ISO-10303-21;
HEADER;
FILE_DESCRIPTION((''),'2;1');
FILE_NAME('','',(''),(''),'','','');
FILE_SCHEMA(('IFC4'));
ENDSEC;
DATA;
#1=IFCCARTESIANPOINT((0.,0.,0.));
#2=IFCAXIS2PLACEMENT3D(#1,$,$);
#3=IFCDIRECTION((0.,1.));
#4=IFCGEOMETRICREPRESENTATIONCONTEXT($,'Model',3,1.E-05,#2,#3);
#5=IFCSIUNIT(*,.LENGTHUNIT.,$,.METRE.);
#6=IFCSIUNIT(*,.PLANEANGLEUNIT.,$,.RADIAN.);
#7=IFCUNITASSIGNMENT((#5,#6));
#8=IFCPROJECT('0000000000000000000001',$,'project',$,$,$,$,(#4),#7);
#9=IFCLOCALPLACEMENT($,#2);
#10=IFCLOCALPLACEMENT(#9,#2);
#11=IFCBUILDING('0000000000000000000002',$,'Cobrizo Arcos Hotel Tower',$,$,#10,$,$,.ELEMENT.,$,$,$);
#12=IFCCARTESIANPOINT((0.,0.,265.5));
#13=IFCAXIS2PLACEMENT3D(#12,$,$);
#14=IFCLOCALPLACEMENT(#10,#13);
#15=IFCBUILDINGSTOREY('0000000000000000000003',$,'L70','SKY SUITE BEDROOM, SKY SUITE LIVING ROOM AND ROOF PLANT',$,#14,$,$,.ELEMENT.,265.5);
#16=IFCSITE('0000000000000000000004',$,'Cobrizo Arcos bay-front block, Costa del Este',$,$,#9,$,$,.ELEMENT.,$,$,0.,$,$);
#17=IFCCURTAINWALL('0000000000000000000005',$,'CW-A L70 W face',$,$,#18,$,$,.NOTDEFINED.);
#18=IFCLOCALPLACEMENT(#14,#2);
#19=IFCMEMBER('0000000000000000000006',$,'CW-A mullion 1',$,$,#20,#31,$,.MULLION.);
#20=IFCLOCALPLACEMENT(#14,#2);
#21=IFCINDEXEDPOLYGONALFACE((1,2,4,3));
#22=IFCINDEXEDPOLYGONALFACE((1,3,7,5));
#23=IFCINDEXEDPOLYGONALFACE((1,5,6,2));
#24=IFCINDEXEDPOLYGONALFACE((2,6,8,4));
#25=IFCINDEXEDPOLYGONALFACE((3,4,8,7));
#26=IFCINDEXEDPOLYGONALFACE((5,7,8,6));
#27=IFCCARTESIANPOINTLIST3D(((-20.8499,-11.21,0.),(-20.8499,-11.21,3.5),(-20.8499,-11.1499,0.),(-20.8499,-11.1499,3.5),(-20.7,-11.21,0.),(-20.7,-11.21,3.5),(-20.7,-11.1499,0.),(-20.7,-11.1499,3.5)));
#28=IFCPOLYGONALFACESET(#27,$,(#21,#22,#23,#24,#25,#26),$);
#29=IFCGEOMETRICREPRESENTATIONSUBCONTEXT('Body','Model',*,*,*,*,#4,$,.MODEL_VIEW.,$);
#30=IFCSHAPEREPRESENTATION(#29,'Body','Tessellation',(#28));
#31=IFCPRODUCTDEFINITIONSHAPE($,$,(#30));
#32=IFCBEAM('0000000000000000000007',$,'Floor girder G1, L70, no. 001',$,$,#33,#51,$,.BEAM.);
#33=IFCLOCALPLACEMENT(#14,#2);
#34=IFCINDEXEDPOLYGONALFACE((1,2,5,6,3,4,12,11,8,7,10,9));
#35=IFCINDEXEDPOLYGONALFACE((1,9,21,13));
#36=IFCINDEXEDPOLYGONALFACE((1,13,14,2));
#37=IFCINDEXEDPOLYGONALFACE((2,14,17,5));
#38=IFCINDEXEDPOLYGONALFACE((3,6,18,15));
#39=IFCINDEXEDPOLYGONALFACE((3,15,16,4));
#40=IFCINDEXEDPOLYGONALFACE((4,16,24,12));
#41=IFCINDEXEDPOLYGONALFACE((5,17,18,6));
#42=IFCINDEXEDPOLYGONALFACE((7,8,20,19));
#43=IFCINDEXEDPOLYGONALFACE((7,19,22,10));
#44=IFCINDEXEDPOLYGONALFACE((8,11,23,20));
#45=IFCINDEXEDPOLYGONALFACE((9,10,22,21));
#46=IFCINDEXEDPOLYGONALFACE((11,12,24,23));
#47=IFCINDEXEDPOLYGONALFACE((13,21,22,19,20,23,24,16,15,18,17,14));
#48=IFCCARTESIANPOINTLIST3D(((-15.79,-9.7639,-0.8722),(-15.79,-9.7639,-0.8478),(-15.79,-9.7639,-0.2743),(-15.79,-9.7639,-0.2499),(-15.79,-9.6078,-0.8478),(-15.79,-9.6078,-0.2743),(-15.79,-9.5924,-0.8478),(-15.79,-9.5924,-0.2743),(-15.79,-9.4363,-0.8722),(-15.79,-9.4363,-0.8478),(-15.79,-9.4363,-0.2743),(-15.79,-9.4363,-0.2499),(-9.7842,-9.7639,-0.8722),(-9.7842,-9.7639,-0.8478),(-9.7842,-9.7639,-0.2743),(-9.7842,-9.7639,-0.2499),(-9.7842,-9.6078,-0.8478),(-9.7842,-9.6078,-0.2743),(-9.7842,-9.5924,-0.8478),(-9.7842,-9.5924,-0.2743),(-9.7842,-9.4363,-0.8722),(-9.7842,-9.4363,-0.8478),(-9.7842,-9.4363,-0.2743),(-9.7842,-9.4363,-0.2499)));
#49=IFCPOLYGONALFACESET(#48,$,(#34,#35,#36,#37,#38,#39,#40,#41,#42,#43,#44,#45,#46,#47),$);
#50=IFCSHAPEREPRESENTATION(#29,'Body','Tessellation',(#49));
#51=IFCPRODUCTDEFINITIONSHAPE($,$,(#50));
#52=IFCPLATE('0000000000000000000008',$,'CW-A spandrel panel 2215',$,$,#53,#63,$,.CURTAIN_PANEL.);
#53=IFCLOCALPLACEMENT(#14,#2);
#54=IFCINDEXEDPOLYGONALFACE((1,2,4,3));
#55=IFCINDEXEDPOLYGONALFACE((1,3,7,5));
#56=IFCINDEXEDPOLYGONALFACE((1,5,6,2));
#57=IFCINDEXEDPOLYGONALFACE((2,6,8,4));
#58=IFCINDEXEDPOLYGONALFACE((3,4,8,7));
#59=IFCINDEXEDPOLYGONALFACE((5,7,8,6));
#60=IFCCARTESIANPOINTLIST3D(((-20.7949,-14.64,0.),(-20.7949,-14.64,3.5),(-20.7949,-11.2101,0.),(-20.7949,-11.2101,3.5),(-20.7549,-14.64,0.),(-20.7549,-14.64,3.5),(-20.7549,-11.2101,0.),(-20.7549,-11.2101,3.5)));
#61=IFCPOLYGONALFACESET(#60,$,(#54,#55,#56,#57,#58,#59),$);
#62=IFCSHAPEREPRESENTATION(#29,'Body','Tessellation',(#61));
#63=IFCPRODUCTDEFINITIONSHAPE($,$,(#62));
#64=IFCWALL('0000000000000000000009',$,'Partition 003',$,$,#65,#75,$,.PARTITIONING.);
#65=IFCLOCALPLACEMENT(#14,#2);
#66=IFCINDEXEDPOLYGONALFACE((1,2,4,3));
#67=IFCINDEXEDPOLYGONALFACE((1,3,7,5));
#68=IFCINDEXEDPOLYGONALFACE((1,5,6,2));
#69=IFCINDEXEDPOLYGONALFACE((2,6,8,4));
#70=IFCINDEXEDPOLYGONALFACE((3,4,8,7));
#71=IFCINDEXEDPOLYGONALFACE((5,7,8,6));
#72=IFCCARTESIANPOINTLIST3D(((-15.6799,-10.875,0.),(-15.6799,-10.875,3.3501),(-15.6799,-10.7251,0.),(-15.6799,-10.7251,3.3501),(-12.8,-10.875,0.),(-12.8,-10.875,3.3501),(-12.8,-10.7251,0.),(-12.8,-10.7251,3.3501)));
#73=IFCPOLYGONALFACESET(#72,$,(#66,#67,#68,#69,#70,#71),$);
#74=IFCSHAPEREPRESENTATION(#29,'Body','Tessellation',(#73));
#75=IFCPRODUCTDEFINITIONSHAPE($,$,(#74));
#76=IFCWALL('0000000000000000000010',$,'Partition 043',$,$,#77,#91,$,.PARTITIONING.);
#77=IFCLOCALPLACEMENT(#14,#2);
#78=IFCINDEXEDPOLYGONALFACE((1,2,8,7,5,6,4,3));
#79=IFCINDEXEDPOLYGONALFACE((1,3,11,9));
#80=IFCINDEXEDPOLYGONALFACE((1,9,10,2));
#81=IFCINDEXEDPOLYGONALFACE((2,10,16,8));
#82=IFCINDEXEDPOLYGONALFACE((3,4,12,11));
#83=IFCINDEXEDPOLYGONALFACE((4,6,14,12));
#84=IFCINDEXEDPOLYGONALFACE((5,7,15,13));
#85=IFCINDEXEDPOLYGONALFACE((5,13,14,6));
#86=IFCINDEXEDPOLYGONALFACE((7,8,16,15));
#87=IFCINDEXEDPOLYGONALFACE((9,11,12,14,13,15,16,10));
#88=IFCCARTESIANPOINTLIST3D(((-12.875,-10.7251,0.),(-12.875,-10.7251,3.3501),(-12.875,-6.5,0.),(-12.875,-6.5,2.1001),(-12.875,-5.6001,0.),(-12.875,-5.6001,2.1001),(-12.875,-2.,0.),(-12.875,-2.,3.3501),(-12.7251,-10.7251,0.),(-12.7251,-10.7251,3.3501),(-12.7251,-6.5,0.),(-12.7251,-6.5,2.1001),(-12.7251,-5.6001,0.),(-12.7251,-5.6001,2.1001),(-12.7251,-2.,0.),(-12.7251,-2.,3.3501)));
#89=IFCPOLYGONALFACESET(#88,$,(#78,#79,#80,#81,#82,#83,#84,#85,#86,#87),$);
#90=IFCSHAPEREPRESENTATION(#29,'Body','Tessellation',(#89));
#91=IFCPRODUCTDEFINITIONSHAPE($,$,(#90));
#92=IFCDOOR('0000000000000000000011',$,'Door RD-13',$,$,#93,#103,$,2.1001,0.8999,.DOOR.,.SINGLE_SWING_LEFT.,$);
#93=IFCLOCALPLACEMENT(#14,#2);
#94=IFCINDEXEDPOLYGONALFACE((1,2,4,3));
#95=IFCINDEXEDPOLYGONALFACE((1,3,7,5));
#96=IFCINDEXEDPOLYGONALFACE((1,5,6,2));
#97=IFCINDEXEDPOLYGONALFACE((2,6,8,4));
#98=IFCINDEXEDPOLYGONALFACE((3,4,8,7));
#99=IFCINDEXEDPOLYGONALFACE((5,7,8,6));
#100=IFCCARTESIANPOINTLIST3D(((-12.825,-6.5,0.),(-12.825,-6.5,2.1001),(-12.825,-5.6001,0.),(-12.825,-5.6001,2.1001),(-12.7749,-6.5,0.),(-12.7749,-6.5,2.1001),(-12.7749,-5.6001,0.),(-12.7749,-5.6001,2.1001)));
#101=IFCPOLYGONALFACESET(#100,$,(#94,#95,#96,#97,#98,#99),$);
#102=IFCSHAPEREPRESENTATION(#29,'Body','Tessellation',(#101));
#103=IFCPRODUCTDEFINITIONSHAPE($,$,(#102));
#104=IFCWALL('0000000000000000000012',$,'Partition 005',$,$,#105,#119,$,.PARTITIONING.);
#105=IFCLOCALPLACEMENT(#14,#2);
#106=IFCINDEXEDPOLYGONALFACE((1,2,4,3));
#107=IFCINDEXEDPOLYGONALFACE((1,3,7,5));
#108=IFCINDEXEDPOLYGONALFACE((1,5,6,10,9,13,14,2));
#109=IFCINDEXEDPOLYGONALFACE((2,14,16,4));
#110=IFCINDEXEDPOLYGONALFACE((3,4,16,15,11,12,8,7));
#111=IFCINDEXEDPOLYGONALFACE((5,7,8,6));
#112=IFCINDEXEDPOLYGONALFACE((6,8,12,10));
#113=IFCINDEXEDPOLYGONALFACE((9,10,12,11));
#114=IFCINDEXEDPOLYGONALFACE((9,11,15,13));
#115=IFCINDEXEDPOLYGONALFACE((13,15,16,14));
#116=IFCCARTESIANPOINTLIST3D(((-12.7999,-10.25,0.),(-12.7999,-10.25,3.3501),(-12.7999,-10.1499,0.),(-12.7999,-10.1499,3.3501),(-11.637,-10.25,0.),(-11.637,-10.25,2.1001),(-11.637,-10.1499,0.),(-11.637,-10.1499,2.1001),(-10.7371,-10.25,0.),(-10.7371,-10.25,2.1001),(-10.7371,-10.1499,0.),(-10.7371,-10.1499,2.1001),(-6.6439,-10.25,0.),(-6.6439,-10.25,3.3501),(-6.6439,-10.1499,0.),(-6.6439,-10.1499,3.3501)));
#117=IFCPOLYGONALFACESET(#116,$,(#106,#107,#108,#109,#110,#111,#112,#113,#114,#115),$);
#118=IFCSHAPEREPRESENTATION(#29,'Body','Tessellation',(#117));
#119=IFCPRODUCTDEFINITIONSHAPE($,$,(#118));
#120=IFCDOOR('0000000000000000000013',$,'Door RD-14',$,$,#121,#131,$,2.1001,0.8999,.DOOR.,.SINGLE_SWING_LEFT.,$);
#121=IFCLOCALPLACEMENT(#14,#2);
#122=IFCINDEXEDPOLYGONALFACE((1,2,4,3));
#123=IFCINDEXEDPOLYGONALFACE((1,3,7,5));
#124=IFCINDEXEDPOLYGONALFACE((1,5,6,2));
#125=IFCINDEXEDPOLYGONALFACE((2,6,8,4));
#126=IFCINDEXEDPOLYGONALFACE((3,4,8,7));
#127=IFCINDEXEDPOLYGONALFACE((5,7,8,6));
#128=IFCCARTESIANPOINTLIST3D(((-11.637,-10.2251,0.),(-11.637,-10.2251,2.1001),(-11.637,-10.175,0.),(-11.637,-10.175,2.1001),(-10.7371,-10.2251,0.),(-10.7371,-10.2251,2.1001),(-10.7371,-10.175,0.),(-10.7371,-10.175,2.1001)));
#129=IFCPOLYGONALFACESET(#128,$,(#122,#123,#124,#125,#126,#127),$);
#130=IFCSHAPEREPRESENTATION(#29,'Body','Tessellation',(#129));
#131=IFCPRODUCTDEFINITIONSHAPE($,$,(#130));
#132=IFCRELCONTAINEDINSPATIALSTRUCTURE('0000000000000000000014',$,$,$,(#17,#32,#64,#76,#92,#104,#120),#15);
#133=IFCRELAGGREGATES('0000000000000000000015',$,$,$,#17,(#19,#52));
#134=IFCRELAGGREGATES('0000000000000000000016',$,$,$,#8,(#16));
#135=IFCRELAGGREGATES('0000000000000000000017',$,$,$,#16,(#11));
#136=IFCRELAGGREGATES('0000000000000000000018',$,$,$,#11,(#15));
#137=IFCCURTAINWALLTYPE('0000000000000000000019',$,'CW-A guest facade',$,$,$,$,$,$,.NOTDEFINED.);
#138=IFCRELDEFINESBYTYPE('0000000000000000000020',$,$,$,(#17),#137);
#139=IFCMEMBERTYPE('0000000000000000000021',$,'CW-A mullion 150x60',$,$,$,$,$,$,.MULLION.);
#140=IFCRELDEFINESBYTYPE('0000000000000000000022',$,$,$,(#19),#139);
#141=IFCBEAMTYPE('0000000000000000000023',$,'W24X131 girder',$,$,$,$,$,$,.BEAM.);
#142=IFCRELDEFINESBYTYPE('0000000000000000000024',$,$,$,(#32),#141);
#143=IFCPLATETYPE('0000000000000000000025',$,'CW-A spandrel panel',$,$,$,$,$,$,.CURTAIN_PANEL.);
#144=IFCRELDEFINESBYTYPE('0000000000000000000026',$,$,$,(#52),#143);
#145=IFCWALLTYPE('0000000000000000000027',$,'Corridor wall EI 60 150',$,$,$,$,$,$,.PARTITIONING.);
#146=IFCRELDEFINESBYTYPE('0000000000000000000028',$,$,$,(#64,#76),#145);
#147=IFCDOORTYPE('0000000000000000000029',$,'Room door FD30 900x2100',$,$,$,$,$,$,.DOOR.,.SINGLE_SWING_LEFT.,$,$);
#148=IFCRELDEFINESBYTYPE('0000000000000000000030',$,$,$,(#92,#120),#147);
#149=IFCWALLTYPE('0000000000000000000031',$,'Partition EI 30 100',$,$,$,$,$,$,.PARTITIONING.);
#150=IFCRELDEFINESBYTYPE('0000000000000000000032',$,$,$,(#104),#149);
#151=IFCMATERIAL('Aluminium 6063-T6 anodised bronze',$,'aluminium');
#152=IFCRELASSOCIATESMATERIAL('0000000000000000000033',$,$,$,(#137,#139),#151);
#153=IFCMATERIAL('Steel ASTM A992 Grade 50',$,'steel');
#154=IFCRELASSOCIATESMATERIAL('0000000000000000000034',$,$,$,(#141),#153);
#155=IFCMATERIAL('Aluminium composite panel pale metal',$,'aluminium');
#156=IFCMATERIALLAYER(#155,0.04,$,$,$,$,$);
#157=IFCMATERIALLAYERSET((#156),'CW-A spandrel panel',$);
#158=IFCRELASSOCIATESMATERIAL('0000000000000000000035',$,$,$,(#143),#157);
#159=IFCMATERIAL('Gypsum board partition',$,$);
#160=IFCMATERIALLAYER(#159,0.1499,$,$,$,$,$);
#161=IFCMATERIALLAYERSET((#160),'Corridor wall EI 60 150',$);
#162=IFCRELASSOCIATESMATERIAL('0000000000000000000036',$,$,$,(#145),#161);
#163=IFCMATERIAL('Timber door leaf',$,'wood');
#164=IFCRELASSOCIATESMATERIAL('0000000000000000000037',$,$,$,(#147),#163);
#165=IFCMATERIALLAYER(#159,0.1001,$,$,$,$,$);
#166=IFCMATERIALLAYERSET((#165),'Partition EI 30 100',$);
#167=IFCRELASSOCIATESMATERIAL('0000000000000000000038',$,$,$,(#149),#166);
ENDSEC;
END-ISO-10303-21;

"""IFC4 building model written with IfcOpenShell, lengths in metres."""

from ifc_helpers import new_model, si_unit, direction, frame, frame_2d, origin, origin_2d, place, context, subcontext, project, spatial, rectangle, i_section, extrude, material, layer, layer_set, material_profile, profile_set, type_object, element, fill, aggregate, save


model = new_model("IFC4")

# Units and contexts
model_context = context("Model", 3, precision=1e-05, world=origin(), true_north=direction((0.0, 1.0)))
body_context = subcontext(model_context, "Body", "Model", "MODEL_VIEW")
ifc_project = project(units=[si_unit("LENGTHUNIT", "METRE"), si_unit("PLANEANGLEUNIT", "RADIAN")], contexts=[model_context])

# Site, building, storey
site_placement = place(None, origin())
site = spatial("IfcSite", under=ifc_project, at=site_placement, Name="Cobrizo Arcos bay-front block, Costa del Este", CompositionType="ELEMENT", RefElevation=0.0)
building_placement = place(site_placement, origin())
building = spatial("IfcBuilding", under=site, at=building_placement, Name="Cobrizo Arcos Hotel Tower", CompositionType="ELEMENT")
storey_placement = place(building_placement, frame((0.0, 0.0, 265.5)))
storey = spatial("IfcBuildingStorey", under=building, at=storey_placement, Name="L70", Description="SKY SUITE BEDROOM, SKY SUITE LIVING ROOM AND ROOF PLANT", CompositionType="ELEMENT", Elevation=265.5)

# Curtain wall, member
ifc_material_1 = material(Name="Aluminium 6063-T6 anodised bronze", Category="aluminium")
curtain_wall_type = type_object("IfcCurtainWallType", Name="CW-A guest facade", PredefinedType="NOTDEFINED", material=ifc_material_1)
curtain_wall_placement = place(storey_placement, origin())
curtain_wall = element("IfcCurtainWall", 1, at=curtain_wall_placement, inside=storey, type_object=curtain_wall_type, Name="CW-A L70 W face", PredefinedType="NOTDEFINED")
ifc_material_profile_1 = material_profile(ifc_material_1, rectangle(XDim=0.1499, YDim=0.0601, at=origin_2d()), Name="CW-A mullion 150x60")
ifc_profile_set_1 = profile_set([ifc_material_profile_1], Name="Aluminium 6063-T6 anodised bronze")
member_type = type_object("IfcMemberType", Name="CW-A mullion 150x60", PredefinedType="MULLION", material=ifc_profile_set_1)
member_placement = place(storey_placement, frame((-20.7749, -11.1799, 0.0), z_axis=(0.0, 0.0, 1.0), x_axis=(-1.0, 0.0, 0.0)))
member = element("IfcMember", 2, at=member_placement, type_object=member_type, Name="CW-A mullion 1", PredefinedType="MULLION", context=body_context, shape_type="SweptSolid", body=[
    extrude(rectangle(XDim=0.1499, YDim=0.0601, at=origin_2d()), origin(), (0.0, 0.0, 1.0), 3.5),
])

# Beam
ifc_material_2 = material(Name="Steel ASTM A992 Grade 50", Category="steel")
ifc_material_profile_2 = material_profile(ifc_material_2, i_section(OverallWidth=0.3276, OverallDepth=0.6223, WebThickness=0.0154, FlangeThickness=0.0244, at=origin_2d()), Name="W24X131")
ifc_profile_set_2 = profile_set([ifc_material_profile_2], Name="Steel ASTM A992 Grade 50")
beam_type = type_object("IfcBeamType", Name="W24X131 girder", PredefinedType="BEAM", material=ifc_profile_set_2)
beam_placement = place(storey_placement, frame((-15.79, -9.6001, -0.561), z_axis=(1.0, 0.0, 0.0), x_axis=(0.0, 1.0, 0.0)))
element("IfcBeam", 3, at=beam_placement, inside=storey, type_object=beam_type, Name="Floor girder G1, L70, no. 001", PredefinedType="BEAM", context=body_context, shape_type="SweptSolid", body=[
    extrude(i_section(OverallWidth=0.3276, OverallDepth=0.6223, WebThickness=0.0154, FlangeThickness=0.0244, at=origin_2d()), origin(), (0.0, 0.0, 1.0), 6.0059),
])

# Plate
ifc_material_3 = material(Name="Aluminium composite panel pale metal", Category="aluminium")
ifc_layer_1 = layer(ifc_material_3, 0.04)
ifc_layer_set_1 = layer_set([ifc_layer_1], Name="CW-A spandrel panel")
plate_type = type_object("IfcPlateType", Name="CW-A spandrel panel", PredefinedType="CURTAIN_PANEL", material=ifc_layer_set_1)
plate_placement = place(storey_placement, frame((-20.7749, -12.925, 0.0), z_axis=(0.0, 0.0, 1.0), x_axis=(0.0, -1.0, 0.0)))
plate = element("IfcPlate", 4, at=plate_placement, type_object=plate_type, Name="CW-A spandrel panel 2215", PredefinedType="CURTAIN_PANEL", context=body_context, shape_type="SweptSolid", body=[
    extrude(rectangle(XDim=3.4299, YDim=0.04, at=origin_2d()), origin(), (0.0, 0.0, 1.0), 3.5),
])
aggregate(curtain_wall, [member, plate])

# Wall
ifc_material_4 = material(Name="Gypsum board partition")
ifc_layer_2 = layer(ifc_material_4, 0.1499)
ifc_layer_set_2 = layer_set([ifc_layer_2], Name="Corridor wall EI 60 150")
wall_type_1 = type_object("IfcWallType", Name="Corridor wall EI 60 150", PredefinedType="PARTITIONING", material=ifc_layer_set_2)
wall_1_placement = place(storey_placement, frame((-15.6799, -10.8, 0.0), z_axis=(0.0, 0.0, 1.0), x_axis=(1.0, 0.0, 0.0)))
element("IfcWall", 5, at=wall_1_placement, inside=storey, type_object=wall_type_1, Name="Partition 003", PredefinedType="PARTITIONING", context=body_context, shape_type="SweptSolid", body=[
    extrude(rectangle(XDim=2.8799, YDim=0.1499, at=frame_2d((1.4399, 0.0))), origin(), (0.0, 0.0, 1.0), 3.3501),
])

# Walls, openings, doors
wall_2_placement = place(storey_placement, frame((-12.8, -10.7251, 0.0), z_axis=(0.0, 0.0, 1.0), x_axis=(0.0, 1.0, 0.0)))
wall_2 = element("IfcWall", 6, at=wall_2_placement, inside=storey, type_object=wall_type_1, Name="Partition 043", PredefinedType="PARTITIONING", context=body_context, shape_type="SweptSolid", body=[
    extrude(rectangle(XDim=8.7251, YDim=0.1499, at=frame_2d((4.3625, 0.0))), origin(), (0.0, 0.0, 1.0), 3.3501),
])
opening_1_placement = place(wall_2_placement, frame((4.2251, 0.0, 0.0)))
opening_1 = element("IfcOpeningElement", 7, at=opening_1_placement, cuts=wall_2, PredefinedType="OPENING", context=body_context, shape_type="SweptSolid", body=[
    extrude(rectangle(XDim=0.8999, YDim=2.1001, at=frame_2d((0.45, 1.05))), frame((0.0, 0.0869, 0.0), z_axis=(0.0, -1.0, 0.0), x_axis=(1.0, 0.0, 0.0)), (0.0, 0.0, 1.0), 0.1738),
])
ifc_material_5 = material(Name="Timber door leaf", Category="wood")
door_type_1 = type_object("IfcDoorType", Name="Room door FD30 900x2100", OperationType="SINGLE_SWING_LEFT", PredefinedType="DOOR", material=ifc_material_5)
door_1_placement = place(opening_1_placement, origin())
door_1 = element("IfcDoor", 8, at=door_1_placement, inside=storey, type_object=door_type_1, Name="Door RD-13", OperationType="SINGLE_SWING_LEFT", OverallHeight=2.1001, OverallWidth=0.8999, PredefinedType="DOOR", context=body_context, shape_type="SweptSolid", body=[
    extrude(rectangle(XDim=0.8999, YDim=2.1001, at=frame_2d((0.45, 1.05))), frame((0.0, 0.0249, 0.0), z_axis=(0.0, -1.0, 0.0), x_axis=(1.0, 0.0, 0.0)), (0.0, 0.0, 1.0), 0.05),
])
fill(opening_1, door_1)
ifc_layer_3 = layer(ifc_material_4, 0.1001)
ifc_layer_set_3 = layer_set([ifc_layer_3], Name="Partition EI 30 100")
wall_type_2 = type_object("IfcWallType", Name="Partition EI 30 100", PredefinedType="PARTITIONING", material=ifc_layer_set_3)
wall_3_placement = place(storey_placement, frame((-12.8, -10.2, 0.0), z_axis=(0.0, 0.0, 1.0), x_axis=(1.0, 0.0, 0.0)))
wall_3 = element("IfcWall", 9, at=wall_3_placement, inside=storey, type_object=wall_type_2, Name="Partition 005", PredefinedType="PARTITIONING", context=body_context, shape_type="SweptSolid", body=[
    extrude(rectangle(XDim=6.156, YDim=0.1001, at=frame_2d((3.0781, 0.0))), origin(), (0.0, 0.0, 1.0), 3.3501),
])
opening_2_placement = place(wall_3_placement, frame((1.1631, 0.0, 0.0)))
opening_2 = element("IfcOpeningElement", 10, at=opening_2_placement, cuts=wall_3, PredefinedType="OPENING", context=body_context, shape_type="SweptSolid", body=[
    extrude(rectangle(XDim=0.8999, YDim=2.1001, at=frame_2d((0.45, 1.05))), frame((0.0, 0.062, 0.0), z_axis=(0.0, -1.0, 0.0), x_axis=(1.0, 0.0, 0.0)), (0.0, 0.0, 1.0), 0.124),
])
door_2_placement = place(opening_2_placement, origin())
door_2 = element("IfcDoor", 11, at=door_2_placement, inside=storey, type_object=door_type_1, Name="Door RD-14", OperationType="SINGLE_SWING_LEFT", OverallHeight=2.1001, OverallWidth=0.8999, PredefinedType="DOOR", context=body_context, shape_type="SweptSolid", body=[
    extrude(rectangle(XDim=0.8999, YDim=2.1001, at=frame_2d((0.45, 1.05))), frame((0.0, 0.0249, 0.0), z_axis=(0.0, -1.0, 0.0), x_axis=(1.0, 0.0, 0.0)), (0.0, 0.0, 1.0), 0.05),
])
fill(opening_2, door_2)

save(model, "model.ifc")
